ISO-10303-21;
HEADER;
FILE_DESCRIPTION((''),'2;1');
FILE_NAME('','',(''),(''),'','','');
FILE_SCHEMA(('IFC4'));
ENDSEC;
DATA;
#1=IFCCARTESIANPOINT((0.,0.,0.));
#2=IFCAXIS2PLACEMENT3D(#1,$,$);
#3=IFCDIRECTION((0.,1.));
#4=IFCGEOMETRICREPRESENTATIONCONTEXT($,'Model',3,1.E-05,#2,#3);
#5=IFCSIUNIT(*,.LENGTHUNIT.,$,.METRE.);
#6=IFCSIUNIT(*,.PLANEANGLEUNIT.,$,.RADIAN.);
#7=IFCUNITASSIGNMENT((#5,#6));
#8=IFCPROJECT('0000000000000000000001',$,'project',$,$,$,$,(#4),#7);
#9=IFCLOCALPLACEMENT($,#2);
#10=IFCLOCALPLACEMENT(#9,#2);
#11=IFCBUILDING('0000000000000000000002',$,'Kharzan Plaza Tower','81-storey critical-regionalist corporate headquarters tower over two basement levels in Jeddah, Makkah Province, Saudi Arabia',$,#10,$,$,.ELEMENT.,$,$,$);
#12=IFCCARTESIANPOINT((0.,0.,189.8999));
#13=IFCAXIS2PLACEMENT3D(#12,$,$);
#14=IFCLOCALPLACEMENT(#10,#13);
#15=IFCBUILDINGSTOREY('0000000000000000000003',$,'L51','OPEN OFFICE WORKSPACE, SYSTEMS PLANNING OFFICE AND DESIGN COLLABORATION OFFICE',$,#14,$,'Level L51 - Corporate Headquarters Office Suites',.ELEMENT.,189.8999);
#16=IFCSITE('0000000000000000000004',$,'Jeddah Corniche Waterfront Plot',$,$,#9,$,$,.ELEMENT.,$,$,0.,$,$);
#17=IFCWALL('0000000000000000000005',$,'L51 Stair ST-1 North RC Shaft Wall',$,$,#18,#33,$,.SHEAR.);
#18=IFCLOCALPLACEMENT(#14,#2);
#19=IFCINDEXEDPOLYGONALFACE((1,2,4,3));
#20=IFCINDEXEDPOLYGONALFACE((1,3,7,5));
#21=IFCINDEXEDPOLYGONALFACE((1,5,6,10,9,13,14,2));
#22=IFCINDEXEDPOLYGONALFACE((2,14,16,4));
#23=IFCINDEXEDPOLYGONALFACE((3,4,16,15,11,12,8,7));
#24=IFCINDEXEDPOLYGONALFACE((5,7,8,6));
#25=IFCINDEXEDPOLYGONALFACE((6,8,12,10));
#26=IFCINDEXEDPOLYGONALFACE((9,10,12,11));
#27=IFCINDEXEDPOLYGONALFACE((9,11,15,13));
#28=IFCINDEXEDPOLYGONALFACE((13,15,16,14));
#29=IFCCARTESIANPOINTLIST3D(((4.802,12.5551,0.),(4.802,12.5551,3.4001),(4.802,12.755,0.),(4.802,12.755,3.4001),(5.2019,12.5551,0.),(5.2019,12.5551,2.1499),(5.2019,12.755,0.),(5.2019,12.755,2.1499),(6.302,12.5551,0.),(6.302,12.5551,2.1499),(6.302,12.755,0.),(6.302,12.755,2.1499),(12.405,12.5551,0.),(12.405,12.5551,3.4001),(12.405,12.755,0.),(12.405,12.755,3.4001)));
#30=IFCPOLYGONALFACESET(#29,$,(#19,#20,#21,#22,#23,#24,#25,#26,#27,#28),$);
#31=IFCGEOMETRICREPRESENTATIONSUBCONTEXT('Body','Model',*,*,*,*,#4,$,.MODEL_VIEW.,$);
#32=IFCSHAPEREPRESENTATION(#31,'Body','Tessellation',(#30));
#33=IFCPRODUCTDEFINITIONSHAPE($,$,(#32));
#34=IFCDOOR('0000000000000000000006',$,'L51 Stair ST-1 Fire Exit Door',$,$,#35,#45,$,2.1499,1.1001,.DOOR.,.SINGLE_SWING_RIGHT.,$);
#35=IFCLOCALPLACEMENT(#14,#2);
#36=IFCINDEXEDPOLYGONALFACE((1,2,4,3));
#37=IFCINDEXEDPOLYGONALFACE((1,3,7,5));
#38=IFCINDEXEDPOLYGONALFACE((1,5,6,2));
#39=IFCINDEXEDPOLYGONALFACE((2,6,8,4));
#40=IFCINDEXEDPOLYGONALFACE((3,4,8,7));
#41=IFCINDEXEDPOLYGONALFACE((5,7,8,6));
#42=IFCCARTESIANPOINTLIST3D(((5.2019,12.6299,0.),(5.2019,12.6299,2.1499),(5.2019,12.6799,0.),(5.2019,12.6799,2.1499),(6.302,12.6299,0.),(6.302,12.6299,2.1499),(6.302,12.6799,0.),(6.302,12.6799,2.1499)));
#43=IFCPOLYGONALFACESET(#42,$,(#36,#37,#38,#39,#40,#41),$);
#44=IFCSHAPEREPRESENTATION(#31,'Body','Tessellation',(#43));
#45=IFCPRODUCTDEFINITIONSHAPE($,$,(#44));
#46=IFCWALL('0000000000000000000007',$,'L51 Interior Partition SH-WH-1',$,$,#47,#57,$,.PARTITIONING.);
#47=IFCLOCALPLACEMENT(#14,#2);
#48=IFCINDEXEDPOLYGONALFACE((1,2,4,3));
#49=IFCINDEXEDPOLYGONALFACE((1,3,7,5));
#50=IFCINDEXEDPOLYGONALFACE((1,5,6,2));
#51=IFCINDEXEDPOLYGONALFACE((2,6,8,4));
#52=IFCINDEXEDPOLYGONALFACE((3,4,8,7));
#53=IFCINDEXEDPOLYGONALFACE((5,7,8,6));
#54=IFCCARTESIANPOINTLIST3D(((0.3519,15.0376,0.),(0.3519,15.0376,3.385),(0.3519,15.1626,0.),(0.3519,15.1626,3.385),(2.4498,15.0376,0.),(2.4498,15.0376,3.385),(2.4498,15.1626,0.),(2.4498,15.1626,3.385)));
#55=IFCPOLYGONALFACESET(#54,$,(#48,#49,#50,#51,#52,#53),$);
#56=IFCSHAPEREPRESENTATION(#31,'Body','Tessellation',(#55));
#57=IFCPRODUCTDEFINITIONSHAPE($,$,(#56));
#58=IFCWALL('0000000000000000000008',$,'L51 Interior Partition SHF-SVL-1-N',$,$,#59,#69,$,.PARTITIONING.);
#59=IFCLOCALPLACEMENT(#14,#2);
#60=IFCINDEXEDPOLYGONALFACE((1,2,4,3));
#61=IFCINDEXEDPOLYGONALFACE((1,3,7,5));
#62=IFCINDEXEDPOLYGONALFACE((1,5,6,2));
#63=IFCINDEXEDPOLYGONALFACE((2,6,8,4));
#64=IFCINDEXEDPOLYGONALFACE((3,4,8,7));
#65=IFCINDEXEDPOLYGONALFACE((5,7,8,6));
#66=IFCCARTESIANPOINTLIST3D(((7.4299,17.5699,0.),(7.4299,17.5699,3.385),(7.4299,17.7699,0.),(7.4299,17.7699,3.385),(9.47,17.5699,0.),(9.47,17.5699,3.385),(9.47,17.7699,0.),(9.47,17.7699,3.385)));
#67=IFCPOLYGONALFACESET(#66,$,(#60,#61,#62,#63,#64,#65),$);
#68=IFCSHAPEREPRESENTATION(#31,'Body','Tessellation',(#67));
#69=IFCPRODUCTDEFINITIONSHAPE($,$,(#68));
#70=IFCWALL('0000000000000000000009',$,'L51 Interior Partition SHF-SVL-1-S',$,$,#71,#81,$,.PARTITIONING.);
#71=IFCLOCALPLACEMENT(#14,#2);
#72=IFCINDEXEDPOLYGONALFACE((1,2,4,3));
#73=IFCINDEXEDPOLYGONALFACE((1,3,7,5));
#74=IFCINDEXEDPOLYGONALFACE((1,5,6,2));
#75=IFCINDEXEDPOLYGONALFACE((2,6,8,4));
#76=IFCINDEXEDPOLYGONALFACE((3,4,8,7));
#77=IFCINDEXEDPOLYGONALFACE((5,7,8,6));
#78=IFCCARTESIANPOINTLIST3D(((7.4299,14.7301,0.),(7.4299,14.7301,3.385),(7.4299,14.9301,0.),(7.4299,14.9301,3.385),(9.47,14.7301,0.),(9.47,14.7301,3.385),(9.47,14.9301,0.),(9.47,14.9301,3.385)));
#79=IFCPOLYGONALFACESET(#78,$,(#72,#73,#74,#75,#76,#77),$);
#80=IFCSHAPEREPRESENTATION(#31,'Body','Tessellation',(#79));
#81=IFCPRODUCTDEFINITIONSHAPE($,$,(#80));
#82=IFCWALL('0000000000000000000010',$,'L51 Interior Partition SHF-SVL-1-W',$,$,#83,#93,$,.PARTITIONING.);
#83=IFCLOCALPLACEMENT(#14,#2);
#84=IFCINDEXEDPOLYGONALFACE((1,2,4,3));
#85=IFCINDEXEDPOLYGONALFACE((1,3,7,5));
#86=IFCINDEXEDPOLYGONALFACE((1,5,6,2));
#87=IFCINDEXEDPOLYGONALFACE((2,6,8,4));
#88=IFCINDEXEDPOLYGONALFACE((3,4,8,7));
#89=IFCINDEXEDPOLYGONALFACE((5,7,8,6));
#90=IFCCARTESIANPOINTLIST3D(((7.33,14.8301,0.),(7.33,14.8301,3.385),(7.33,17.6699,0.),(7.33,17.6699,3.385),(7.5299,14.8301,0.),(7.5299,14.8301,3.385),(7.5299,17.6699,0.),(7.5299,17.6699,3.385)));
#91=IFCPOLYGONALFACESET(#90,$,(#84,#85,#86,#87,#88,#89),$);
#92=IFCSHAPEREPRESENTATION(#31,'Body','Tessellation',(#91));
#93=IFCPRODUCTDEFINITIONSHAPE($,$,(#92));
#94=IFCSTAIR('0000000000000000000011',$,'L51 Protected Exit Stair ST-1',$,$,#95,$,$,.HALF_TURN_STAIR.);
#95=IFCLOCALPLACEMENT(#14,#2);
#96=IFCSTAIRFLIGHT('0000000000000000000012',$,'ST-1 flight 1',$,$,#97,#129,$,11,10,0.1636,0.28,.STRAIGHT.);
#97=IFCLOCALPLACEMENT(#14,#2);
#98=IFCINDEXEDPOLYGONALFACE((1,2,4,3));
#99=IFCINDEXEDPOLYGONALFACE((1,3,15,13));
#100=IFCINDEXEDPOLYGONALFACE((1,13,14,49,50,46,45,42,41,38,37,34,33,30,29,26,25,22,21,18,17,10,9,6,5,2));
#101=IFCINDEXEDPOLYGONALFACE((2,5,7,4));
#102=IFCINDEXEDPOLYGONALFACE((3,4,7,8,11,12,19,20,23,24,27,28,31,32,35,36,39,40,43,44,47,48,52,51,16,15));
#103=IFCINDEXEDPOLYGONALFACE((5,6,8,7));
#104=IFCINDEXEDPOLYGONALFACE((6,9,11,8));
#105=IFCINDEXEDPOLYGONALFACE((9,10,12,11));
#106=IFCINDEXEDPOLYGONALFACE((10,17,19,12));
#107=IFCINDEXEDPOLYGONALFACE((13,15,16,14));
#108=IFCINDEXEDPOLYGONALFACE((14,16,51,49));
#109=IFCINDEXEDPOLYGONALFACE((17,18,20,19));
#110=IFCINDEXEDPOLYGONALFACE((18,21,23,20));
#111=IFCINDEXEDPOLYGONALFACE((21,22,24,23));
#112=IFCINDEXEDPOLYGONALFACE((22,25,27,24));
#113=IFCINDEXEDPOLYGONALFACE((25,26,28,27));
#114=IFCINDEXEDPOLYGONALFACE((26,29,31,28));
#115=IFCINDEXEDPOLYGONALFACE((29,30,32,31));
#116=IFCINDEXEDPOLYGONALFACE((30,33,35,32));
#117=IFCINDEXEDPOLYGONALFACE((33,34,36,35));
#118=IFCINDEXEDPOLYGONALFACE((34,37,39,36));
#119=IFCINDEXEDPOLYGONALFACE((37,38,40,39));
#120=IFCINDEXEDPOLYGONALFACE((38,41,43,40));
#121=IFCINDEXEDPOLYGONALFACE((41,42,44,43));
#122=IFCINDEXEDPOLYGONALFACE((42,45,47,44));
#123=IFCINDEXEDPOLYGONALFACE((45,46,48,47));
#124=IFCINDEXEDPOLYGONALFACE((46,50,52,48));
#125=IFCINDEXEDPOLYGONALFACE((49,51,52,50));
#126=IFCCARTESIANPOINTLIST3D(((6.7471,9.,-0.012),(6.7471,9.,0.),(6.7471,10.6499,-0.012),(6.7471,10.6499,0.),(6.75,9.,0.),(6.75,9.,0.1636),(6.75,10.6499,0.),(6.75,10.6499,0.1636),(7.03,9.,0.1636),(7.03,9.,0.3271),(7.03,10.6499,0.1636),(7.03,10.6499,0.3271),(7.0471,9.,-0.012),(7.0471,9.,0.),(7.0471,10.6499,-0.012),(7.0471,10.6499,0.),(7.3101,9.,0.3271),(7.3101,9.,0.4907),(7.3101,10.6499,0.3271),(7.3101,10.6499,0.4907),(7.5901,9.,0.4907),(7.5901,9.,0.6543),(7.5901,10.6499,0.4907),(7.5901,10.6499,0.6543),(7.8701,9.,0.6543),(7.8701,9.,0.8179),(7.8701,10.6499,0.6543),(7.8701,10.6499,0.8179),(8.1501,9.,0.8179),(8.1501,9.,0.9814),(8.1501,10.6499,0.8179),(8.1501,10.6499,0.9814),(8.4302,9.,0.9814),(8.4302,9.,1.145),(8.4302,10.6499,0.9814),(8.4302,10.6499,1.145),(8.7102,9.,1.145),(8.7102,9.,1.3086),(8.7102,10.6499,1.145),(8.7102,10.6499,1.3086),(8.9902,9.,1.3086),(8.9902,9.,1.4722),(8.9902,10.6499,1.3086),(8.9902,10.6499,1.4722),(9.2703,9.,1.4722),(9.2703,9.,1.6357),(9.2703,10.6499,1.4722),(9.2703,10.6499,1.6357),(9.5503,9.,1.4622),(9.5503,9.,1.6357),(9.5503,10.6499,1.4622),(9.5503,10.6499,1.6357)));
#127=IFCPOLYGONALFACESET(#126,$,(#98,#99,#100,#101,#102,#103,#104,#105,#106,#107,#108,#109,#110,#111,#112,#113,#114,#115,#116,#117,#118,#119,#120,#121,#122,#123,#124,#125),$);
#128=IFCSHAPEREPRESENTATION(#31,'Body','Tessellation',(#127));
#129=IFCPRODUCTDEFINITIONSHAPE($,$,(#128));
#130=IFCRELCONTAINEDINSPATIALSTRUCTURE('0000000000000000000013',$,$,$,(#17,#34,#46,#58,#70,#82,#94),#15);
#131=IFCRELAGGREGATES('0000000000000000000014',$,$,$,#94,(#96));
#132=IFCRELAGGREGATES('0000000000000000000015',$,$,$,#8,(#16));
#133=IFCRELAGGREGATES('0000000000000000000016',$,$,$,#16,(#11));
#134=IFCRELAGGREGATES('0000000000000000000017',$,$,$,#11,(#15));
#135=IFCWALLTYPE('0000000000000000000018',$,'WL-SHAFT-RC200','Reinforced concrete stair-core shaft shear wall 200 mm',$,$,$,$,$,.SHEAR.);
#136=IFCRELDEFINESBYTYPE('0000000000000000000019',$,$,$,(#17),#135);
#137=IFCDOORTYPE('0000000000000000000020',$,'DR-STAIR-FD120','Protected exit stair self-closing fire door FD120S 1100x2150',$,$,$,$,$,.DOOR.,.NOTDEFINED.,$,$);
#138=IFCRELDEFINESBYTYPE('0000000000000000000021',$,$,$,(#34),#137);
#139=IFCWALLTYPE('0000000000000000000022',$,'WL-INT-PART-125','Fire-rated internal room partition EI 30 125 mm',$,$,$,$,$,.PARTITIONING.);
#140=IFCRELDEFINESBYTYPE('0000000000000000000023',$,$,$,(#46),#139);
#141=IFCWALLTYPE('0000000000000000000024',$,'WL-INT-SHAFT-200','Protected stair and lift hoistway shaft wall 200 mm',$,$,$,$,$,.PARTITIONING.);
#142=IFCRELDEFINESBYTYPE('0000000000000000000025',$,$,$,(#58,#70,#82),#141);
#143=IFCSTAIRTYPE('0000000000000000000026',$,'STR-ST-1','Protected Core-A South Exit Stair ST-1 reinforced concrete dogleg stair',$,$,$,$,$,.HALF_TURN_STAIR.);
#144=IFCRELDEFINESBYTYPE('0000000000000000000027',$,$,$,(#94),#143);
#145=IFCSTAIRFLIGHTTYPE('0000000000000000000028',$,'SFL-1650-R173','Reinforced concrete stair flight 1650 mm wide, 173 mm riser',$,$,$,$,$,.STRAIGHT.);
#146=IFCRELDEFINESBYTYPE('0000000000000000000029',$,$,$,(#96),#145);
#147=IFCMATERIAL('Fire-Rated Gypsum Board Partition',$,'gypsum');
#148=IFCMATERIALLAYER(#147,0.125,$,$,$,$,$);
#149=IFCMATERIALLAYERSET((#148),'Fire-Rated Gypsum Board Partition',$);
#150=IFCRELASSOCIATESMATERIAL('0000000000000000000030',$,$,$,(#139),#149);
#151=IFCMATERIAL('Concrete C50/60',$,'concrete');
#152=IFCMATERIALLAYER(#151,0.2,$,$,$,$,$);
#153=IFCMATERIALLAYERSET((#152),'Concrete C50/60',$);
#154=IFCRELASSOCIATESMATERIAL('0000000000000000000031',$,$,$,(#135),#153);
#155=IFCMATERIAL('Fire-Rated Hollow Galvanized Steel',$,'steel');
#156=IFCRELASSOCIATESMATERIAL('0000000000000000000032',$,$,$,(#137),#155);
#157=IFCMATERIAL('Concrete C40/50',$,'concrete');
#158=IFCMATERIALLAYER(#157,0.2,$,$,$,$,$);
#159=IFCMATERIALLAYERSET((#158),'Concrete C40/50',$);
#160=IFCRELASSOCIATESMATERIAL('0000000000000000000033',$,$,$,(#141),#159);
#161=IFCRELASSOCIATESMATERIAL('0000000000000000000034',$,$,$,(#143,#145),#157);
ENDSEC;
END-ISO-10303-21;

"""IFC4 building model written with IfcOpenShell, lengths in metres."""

from ifc_helpers import new_model, si_unit, direction, frame, frame_2d, origin, place, context, subcontext, project, spatial, polyline, rectangle, outline, extrude, source, transform, mapped, material, layer, layer_set, type_object, element, fill, aggregate, save


model = new_model("IFC4")

# Units and contexts
model_context = context("Model", 3, precision=1e-05, world=origin(), true_north=direction((0.0, 1.0)))
body_context = subcontext(model_context, "Body", "Model", "MODEL_VIEW")
ifc_project = project(units=[si_unit("LENGTHUNIT", "METRE"), si_unit("PLANEANGLEUNIT", "RADIAN")], contexts=[model_context])

# Site, building, storey
site_placement = place(None, origin())
site = spatial("IfcSite", under=ifc_project, at=site_placement, Name="Jeddah Corniche Waterfront Plot", CompositionType="ELEMENT", RefElevation=0.0)
building_placement = place(site_placement, origin())
building = spatial("IfcBuilding", under=site, at=building_placement, Name="Kharzan Plaza Tower", Description="81-storey critical-regionalist corporate headquarters tower over two basement levels in Jeddah, Makkah Province, Saudi Arabia", CompositionType="ELEMENT")
storey_placement = place(building_placement, frame((0.0, 0.0, 189.8999)))
storey = spatial("IfcBuildingStorey", under=building, at=storey_placement, Name="L51", Description="OPEN OFFICE WORKSPACE, SYSTEMS PLANNING OFFICE AND DESIGN COLLABORATION OFFICE", LongName="Level L51 - Corporate Headquarters Office Suites", CompositionType="ELEMENT", Elevation=189.8999)

# Shared definitions
ifc_material_1 = material(Name="Concrete C50/60", Category="concrete")

# Shared definitions
ifc_material_2 = material(Name="Concrete C40/50", Category="concrete")

# Wall, opening, door
ifc_material_3 = material(Name="Fire-Rated Gypsum Board Partition", Category="gypsum")
ifc_layer_1 = layer(ifc_material_3, 0.125)
ifc_layer_set_1 = layer_set([ifc_layer_1], Name="Fire-Rated Gypsum Board Partition")
wall_type_1 = type_object("IfcWallType", Name="WL-INT-PART-125", Description="Fire-rated internal room partition EI 30 125 mm", PredefinedType="PARTITIONING", material=ifc_layer_set_1)
ifc_layer_2 = layer(ifc_material_1, 0.2)
ifc_layer_set_2 = layer_set([ifc_layer_2], Name="Concrete C50/60")
wall_type_2 = type_object("IfcWallType", Name="WL-SHAFT-RC200", Description="Reinforced concrete stair-core shaft shear wall 200 mm", PredefinedType="SHEAR", material=ifc_layer_set_2)
wall_1_placement = place(storey_placement, frame((4.802, 12.655, 0.0), z_axis=(0.0, 0.0, 1.0), x_axis=(1.0, 0.0, 0.0)))
wall_1 = element("IfcWall", 1, at=wall_1_placement, inside=storey, type_object=wall_type_2, Name="L51 Stair ST-1 North RC Shaft Wall", PredefinedType="SHEAR", context=body_context, shape_type="SweptSolid", body=[
    extrude(rectangle(XDim=7.603, YDim=0.2, at=frame_2d((3.8015, 0.0))), origin(), (0.0, 0.0, 1.0), 3.4001),
])
opening_1_placement = place(wall_1_placement, frame((0.3999, 0.0, 0.0)))
opening_1 = element("IfcOpeningElement", 2, at=opening_1_placement, cuts=wall_1, PredefinedType="OPENING", context=body_context, shape_type="SweptSolid", body=[
    extrude(rectangle(XDim=1.1001, YDim=2.1499, at=frame_2d((0.55, 1.075))), frame((0.0, 0.1099, 0.0), z_axis=(0.0, -1.0, 0.0), x_axis=(1.0, 0.0, 0.0)), (0.0, 0.0, 1.0), 0.22),
])
ifc_material_4 = material(Name="Fire-Rated Hollow Galvanized Steel", Category="steel")
door_type_1 = type_object("IfcDoorType", Name="DR-STAIR-FD120", Description="Protected exit stair self-closing fire door FD120S 1100x2150", OperationType="NOTDEFINED", PredefinedType="DOOR", material=ifc_material_4)
shared_shape_1 = source(origin(), body_context, "Body", "SweptSolid", [
    extrude(rectangle(XDim=1.1001, YDim=2.1499, at=frame_2d((0.55, 1.075))), frame((0.0, 0.0249, 0.0), z_axis=(0.0, -1.0, 0.0), x_axis=(1.0, 0.0, 0.0)), (0.0, 0.0, 1.0), 0.05),
])
door_1_placement = place(opening_1_placement, origin())
door_1 = element("IfcDoor", 3, at=door_1_placement, inside=storey, type_object=door_type_1, Name="L51 Stair ST-1 Fire Exit Door", OperationType="SINGLE_SWING_RIGHT", OverallHeight=2.1499, OverallWidth=1.1001, PredefinedType="DOOR", context=body_context, shape_type="MappedRepresentation", body=[
    mapped(shared_shape_1, transform((0.0, 0.0, 0.0), x_axis=(1.0, 0.0, 0.0), y_axis=(0.0, 1.0, 0.0), z_axis=(0.0, 0.0, 1.0))),
])
fill(opening_1, door_1)

# Walls
shared_shape_2 = source(origin(), body_context, "Body", "SweptSolid", [
    extrude(rectangle(XDim=2.0979, YDim=0.125, at=frame_2d((1.0488, 0.0))), origin(), (0.0, 0.0, 1.0), 3.385),
])
wall_2_placement = place(storey_placement, frame((0.3521, 15.1001, 0.0), z_axis=(0.0, 0.0, 1.0), x_axis=(1.0, 0.0, 0.0)))
element("IfcWall", 4, at=wall_2_placement, inside=storey, type_object=wall_type_1, Name="L51 Interior Partition SH-WH-1", PredefinedType="PARTITIONING", context=body_context, shape_type="MappedRepresentation", body=[
    mapped(shared_shape_2, transform((0.0, 0.0, 0.0), x_axis=(1.0, 0.0, 0.0), y_axis=(0.0, 1.0, 0.0), z_axis=(0.0, 0.0, 1.0))),
])
ifc_layer_3 = layer(ifc_material_2, 0.2)
ifc_layer_set_3 = layer_set([ifc_layer_3], Name="Concrete C40/50")
wall_type_3 = type_object("IfcWallType", Name="WL-INT-SHAFT-200", Description="Protected stair and lift hoistway shaft wall 200 mm", PredefinedType="PARTITIONING", material=ifc_layer_set_3)
shared_shape_3 = source(origin(), body_context, "Body", "SweptSolid", [
    extrude(rectangle(XDim=2.04, YDim=0.2, at=frame_2d((1.02, 0.0))), origin(), (0.0, 0.0, 1.0), 3.385),
])
for number, where, z_axis, x_axis, name in (
    (5, (7.4299, 17.6699, 0.0), (0.0, 0.0, 1.0), (1.0, 0.0, 0.0), "L51 Interior Partition SHF-SVL-1-N"),
    (6, (7.4299, 14.8301, 0.0), (0.0, 0.0, 1.0), (1.0, 0.0, 0.0), "L51 Interior Partition SHF-SVL-1-S"),
):
    element("IfcWall", number, at=place(storey_placement, frame(where, z_axis=z_axis, x_axis=x_axis)), inside=storey, type_object=wall_type_3, Name=name, PredefinedType="PARTITIONING", context=body_context, shape_type="MappedRepresentation", body=[
        mapped(shared_shape_3, transform((0.0, 0.0, 0.0), x_axis=(1.0, 0.0, 0.0), y_axis=(0.0, 1.0, 0.0), z_axis=(0.0, 0.0, 1.0))),
    ])
shared_shape_4 = source(origin(), body_context, "Body", "SweptSolid", [
    extrude(rectangle(XDim=2.8398, YDim=0.2, at=frame_2d((1.4199, 0.0))), origin(), (0.0, 0.0, 1.0), 3.385),
])
wall_3_placement = place(storey_placement, frame((7.4299, 14.8301, 0.0), z_axis=(0.0, 0.0, 1.0), x_axis=(0.0, 1.0, 0.0)))
element("IfcWall", 7, at=wall_3_placement, inside=storey, type_object=wall_type_3, Name="L51 Interior Partition SHF-SVL-1-W", PredefinedType="PARTITIONING", context=body_context, shape_type="MappedRepresentation", body=[
    mapped(shared_shape_4, transform((0.0, 0.0, 0.0), x_axis=(1.0, 0.0, 0.0), y_axis=(0.0, 1.0, 0.0), z_axis=(0.0, 0.0, 1.0))),
])

# Stair, stair flight
stair_type = type_object("IfcStairType", Name="STR-ST-1", Description="Protected Core-A South Exit Stair ST-1 reinforced concrete dogleg stair", PredefinedType="HALF_TURN_STAIR", material=ifc_material_2)
stair_placement = place(storey_placement, origin())
stair = element("IfcStair", 8, at=stair_placement, inside=storey, type_object=stair_type, Name="L51 Protected Exit Stair ST-1", PredefinedType="HALF_TURN_STAIR")
stair_flight_type = type_object("IfcStairFlightType", Name="SFL-1650-R173", Description="Reinforced concrete stair flight 1650 mm wide, 173 mm riser", PredefinedType="STRAIGHT", material=ifc_material_2)
shared_shape_5 = source(origin(), body_context, "Body", "SweptSolid", [
    extrude(outline(polyline([(-0.0029, -0.012), (-0.0029, 0.0), (0.0, 0.0), (0.0, 0.1636), (0.28, 0.1636), (0.28, 0.3271), (0.5601, 0.3271), (0.5601, 0.4907), (0.8401, 0.4907), (0.8401, 0.6543), (1.1201, 0.6543), (1.1201, 0.8179), (1.4001, 0.8179), (1.4001, 0.9814), (1.6802, 0.9814), (1.6802, 1.145), (1.9602, 1.145), (1.9602, 1.3086), (2.2402, 1.3086), (2.2402, 1.4722), (2.5203, 1.4722), (2.5203, 1.6357), (2.8003, 1.6357), (2.8003, 1.7993), (2.8003, 1.4622), (0.2971, 0.0), (0.2971, -0.012), (-0.0029, -0.012)])), frame((0.0, 0.825, 0.0), z_axis=(0.0, -1.0, 0.0), x_axis=(1.0, 0.0, 0.0)), (0.0, 0.0, 1.0), 1.6499),
])
stair_flight_placement = place(storey_placement, frame((6.75, 9.825, 0.0), z_axis=(0.0, 0.0, 1.0), x_axis=(1.0, 0.0, 0.0)))
stair_flight = element("IfcStairFlight", 9, at=stair_flight_placement, type_object=stair_flight_type, Name="ST-1 flight 1", NumberOfRisers=11, NumberOfTreads=10, PredefinedType="STRAIGHT", RiserHeight=0.1636, TreadLength=0.28, context=body_context, shape_type="MappedRepresentation", body=[
    mapped(shared_shape_5, transform((0.0, 0.0, 0.0), x_axis=(1.0, 0.0, 0.0), y_axis=(0.0, 1.0, 0.0), z_axis=(0.0, 0.0, 1.0))),
])
aggregate(stair, [stair_flight])

save(model, "model.ifc")
